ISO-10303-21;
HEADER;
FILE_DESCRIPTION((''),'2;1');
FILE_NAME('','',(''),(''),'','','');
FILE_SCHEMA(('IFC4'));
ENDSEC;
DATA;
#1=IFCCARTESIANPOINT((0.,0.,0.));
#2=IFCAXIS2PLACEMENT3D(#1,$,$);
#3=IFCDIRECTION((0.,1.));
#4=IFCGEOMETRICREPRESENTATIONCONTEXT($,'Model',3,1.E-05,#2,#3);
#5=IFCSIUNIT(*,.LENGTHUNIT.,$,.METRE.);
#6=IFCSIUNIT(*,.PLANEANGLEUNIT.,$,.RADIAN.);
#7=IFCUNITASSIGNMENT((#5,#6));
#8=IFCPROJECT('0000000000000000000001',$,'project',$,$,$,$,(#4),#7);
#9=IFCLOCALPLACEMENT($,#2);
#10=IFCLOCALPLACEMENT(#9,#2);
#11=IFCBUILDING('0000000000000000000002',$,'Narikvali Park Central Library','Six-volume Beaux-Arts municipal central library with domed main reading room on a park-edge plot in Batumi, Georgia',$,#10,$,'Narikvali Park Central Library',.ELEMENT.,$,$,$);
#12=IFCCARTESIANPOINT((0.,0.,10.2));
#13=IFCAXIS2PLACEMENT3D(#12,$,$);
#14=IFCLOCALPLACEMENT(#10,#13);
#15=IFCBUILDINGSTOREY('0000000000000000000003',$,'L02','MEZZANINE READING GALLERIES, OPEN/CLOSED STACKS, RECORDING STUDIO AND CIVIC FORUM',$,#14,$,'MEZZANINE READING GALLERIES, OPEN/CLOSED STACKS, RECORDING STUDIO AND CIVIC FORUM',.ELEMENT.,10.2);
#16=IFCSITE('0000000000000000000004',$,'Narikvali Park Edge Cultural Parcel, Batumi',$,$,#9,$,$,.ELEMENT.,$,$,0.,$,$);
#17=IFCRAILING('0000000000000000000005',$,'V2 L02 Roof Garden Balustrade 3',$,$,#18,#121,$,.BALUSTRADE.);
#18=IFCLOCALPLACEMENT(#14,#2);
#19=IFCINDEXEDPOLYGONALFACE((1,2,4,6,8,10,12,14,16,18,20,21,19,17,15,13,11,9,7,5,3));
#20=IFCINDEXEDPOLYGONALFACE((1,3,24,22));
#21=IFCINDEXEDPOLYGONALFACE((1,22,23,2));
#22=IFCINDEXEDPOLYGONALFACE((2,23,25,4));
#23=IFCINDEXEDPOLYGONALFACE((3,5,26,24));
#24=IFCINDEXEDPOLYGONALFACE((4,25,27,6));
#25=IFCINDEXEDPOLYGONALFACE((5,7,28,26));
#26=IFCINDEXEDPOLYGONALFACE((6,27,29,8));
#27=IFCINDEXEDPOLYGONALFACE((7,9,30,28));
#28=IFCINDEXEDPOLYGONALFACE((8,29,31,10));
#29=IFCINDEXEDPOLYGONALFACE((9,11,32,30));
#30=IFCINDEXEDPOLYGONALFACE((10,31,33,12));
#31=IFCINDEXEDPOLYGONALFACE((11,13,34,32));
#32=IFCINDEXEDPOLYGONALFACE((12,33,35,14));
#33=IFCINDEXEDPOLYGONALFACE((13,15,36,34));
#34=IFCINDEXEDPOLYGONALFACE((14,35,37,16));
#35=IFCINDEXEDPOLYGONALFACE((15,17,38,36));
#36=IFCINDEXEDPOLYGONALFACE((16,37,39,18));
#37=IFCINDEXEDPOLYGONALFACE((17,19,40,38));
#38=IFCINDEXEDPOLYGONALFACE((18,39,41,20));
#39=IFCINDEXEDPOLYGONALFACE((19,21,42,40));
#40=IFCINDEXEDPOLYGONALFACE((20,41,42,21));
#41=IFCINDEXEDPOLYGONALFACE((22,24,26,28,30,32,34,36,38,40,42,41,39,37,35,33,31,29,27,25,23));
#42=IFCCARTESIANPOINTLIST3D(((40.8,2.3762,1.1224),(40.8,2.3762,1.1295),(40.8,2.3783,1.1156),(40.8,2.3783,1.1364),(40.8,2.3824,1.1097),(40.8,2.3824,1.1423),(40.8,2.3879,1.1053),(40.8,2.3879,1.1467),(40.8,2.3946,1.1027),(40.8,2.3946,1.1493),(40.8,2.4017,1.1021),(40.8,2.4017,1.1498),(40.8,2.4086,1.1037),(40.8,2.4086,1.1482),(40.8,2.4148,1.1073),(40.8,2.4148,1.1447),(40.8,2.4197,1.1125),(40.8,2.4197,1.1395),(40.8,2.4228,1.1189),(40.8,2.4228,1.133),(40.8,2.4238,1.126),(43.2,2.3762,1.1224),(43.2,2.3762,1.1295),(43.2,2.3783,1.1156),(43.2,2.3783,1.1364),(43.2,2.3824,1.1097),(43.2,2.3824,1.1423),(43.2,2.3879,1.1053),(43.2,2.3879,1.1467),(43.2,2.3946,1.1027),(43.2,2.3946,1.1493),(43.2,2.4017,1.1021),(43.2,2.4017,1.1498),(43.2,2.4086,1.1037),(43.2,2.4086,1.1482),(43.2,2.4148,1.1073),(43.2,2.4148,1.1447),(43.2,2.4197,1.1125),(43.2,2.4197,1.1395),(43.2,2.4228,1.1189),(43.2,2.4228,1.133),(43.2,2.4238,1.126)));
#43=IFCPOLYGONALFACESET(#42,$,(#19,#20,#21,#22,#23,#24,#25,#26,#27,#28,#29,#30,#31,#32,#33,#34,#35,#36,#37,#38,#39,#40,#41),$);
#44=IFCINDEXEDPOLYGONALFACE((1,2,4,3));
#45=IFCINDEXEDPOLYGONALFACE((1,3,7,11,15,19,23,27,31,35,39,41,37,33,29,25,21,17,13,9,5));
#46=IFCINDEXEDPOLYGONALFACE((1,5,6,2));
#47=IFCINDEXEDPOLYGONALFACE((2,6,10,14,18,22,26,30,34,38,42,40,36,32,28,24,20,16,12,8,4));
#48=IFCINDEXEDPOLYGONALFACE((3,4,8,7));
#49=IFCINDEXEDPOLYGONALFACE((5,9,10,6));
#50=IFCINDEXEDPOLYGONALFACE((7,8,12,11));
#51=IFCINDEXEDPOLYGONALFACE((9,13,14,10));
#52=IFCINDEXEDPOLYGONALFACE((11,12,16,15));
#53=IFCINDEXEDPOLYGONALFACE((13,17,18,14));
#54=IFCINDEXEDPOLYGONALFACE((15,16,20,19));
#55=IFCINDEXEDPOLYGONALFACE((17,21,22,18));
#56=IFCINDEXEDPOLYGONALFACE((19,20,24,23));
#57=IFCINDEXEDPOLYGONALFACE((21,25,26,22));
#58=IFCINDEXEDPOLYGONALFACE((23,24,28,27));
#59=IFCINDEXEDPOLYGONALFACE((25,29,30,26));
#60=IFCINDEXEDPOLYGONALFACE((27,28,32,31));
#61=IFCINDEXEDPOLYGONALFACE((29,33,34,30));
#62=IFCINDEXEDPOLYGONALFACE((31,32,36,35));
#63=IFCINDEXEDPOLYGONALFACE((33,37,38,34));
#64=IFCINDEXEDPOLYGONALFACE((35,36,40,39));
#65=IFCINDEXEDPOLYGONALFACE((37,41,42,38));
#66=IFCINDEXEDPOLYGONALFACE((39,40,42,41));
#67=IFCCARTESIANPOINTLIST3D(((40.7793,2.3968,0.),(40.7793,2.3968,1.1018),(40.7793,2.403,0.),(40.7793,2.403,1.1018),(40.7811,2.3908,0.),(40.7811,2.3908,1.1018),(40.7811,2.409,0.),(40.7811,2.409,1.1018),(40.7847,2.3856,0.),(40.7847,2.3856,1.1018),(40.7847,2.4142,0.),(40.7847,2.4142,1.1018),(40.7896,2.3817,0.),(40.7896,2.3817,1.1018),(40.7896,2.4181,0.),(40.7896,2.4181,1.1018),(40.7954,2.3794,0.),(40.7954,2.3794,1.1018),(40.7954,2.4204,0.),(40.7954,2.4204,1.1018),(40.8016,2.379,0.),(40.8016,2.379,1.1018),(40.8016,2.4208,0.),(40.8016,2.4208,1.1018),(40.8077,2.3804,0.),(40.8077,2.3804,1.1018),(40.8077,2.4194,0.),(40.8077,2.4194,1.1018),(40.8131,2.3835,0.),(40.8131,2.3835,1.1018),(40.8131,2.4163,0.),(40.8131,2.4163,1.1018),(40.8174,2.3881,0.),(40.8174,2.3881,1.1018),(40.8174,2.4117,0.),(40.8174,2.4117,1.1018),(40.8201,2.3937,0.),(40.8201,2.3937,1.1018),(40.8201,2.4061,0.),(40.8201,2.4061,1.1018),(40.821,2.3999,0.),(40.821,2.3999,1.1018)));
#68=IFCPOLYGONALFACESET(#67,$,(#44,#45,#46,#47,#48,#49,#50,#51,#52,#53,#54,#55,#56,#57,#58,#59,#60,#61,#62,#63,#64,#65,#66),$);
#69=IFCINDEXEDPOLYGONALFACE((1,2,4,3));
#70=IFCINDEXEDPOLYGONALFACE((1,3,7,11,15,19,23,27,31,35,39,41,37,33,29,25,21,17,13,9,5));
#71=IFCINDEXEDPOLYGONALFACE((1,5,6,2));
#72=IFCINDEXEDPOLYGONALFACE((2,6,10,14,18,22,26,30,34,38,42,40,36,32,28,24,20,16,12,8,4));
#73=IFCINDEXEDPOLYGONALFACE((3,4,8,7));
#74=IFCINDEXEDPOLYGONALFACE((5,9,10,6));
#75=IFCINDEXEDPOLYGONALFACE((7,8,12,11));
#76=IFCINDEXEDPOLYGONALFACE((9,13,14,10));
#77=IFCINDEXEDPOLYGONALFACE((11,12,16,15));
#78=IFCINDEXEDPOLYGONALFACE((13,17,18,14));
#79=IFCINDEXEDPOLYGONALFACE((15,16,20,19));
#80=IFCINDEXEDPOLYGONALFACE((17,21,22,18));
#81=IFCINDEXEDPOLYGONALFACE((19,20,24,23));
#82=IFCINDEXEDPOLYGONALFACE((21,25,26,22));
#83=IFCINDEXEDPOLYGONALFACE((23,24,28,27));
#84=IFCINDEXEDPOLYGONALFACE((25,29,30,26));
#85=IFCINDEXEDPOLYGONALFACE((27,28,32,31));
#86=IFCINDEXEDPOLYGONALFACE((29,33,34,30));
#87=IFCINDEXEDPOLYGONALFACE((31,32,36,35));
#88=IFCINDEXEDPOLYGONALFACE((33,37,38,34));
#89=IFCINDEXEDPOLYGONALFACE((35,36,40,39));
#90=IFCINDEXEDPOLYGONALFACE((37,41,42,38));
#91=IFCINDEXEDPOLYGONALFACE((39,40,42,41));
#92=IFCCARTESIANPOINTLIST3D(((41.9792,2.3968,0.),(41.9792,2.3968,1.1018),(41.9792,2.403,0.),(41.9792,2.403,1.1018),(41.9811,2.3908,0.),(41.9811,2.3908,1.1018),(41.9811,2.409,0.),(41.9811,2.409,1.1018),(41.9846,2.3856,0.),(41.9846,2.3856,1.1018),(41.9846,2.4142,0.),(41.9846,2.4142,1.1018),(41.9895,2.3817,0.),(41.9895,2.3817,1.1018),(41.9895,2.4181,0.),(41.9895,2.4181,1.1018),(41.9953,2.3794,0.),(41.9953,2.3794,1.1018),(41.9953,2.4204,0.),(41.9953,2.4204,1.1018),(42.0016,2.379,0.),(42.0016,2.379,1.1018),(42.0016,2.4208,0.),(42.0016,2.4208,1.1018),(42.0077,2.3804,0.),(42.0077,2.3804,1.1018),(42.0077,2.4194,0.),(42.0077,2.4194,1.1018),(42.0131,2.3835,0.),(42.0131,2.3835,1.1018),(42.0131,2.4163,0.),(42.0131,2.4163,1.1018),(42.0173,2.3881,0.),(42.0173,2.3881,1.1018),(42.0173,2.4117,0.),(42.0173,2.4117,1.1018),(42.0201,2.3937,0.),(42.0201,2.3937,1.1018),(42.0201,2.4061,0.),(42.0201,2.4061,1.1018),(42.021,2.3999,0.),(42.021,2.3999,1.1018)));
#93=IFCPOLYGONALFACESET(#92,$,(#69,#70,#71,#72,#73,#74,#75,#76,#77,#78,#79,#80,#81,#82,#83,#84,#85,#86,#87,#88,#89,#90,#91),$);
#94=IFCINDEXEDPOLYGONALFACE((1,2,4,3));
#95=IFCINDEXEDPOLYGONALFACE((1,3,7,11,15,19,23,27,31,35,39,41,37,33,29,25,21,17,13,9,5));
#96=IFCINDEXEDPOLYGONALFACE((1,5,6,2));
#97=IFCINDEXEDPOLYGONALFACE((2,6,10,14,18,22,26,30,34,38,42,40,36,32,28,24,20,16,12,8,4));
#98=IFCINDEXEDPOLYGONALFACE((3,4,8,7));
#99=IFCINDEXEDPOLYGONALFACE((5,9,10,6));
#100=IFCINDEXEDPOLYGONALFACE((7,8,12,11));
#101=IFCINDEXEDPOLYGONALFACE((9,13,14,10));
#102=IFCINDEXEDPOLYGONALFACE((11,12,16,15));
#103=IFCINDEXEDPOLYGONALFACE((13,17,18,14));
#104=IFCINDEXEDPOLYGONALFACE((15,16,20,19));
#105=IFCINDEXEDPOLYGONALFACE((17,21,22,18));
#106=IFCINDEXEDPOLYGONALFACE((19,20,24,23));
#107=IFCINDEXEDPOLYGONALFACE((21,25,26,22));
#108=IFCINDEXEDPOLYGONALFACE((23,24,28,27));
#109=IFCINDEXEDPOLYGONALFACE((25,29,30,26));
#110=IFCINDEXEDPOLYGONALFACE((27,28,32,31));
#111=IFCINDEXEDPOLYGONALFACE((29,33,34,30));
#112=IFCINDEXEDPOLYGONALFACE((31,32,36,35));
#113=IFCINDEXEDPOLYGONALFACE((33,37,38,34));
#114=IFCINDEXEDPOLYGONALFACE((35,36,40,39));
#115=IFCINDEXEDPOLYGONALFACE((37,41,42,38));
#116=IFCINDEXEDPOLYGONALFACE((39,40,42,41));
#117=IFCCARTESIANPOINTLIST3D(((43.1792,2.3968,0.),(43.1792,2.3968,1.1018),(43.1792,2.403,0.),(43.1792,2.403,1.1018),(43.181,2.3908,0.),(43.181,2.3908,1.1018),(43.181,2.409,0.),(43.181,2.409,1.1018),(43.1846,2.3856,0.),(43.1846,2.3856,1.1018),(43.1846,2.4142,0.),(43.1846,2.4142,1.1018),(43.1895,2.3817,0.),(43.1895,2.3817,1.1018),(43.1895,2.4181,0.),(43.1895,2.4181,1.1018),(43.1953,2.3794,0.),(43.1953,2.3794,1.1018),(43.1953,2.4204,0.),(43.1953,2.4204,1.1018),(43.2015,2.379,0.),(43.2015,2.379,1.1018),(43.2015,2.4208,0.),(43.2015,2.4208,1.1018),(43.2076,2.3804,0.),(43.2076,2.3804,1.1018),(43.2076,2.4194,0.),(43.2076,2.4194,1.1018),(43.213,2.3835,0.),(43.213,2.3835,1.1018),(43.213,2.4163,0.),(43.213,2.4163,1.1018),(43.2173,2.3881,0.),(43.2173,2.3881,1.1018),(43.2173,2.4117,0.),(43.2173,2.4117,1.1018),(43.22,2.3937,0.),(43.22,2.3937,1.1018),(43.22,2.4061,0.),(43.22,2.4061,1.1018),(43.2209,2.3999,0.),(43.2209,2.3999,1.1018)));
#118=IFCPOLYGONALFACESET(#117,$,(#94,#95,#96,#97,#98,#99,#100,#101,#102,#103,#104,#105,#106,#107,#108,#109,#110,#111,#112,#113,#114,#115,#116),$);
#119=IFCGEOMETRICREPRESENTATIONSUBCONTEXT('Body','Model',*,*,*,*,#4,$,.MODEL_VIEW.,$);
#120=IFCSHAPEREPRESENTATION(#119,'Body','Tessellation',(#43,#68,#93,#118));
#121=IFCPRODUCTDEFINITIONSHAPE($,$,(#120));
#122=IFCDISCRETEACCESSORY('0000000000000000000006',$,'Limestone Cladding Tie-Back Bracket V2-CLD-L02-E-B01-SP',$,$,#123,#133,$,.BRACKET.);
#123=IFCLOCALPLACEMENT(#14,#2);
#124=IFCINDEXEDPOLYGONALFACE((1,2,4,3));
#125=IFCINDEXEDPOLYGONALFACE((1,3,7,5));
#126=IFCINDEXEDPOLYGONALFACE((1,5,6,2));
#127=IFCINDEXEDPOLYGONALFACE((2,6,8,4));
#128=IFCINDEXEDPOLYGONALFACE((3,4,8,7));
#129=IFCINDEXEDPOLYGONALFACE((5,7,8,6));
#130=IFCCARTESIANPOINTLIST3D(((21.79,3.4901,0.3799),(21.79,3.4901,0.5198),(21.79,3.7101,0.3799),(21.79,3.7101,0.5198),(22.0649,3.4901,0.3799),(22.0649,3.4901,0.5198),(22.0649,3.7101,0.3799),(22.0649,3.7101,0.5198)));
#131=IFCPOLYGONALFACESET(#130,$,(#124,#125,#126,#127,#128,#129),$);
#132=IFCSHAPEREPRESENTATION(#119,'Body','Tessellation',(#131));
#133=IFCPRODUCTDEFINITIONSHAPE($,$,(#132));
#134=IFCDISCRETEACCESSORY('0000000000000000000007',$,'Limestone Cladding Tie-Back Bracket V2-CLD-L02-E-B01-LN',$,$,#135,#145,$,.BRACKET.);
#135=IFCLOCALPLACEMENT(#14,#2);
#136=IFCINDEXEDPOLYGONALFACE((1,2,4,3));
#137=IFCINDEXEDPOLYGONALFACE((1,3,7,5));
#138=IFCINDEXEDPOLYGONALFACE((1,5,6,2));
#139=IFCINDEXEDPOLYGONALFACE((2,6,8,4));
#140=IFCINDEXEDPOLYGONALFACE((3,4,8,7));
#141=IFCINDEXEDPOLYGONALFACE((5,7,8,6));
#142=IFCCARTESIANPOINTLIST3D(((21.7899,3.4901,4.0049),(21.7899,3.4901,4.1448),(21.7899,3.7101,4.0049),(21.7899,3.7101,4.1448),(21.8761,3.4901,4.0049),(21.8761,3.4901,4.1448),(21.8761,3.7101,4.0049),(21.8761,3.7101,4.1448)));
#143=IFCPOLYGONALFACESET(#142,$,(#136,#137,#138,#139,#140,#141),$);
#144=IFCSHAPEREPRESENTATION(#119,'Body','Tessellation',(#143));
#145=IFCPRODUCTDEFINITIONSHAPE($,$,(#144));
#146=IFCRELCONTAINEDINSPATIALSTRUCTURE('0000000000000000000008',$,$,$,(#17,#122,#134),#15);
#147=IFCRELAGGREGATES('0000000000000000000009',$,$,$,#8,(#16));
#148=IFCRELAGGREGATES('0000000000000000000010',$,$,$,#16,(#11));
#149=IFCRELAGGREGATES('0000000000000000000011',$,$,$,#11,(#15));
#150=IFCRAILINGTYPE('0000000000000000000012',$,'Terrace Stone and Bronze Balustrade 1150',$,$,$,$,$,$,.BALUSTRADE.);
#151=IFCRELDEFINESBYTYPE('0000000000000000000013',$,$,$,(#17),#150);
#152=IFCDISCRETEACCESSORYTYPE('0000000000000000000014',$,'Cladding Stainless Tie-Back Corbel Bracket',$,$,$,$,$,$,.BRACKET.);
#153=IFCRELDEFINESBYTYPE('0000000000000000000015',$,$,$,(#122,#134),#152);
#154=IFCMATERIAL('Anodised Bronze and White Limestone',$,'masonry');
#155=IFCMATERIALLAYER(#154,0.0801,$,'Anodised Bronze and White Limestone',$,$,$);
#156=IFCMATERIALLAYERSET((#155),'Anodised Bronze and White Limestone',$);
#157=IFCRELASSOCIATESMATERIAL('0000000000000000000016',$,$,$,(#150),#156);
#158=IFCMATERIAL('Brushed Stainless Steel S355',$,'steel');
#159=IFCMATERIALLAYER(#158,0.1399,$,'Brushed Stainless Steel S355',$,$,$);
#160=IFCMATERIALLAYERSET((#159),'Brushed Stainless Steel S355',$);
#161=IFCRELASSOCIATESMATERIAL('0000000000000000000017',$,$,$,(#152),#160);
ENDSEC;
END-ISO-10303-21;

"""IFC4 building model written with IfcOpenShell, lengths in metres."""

from ifc_helpers import new_model, si_unit, direction, frame, origin, origin_2d, place, context, subcontext, project, spatial, rectangle, circle, extrude, material, layer, layer_set, type_object, element, save


model = new_model("IFC4")

# Units and contexts
model_context = context("Model", 3, precision=1e-05, world=origin(), true_north=direction((0.0, 1.0)))
body_context = subcontext(model_context, "Body", "Model", "MODEL_VIEW")
ifc_project = project(units=[si_unit("LENGTHUNIT", "METRE"), si_unit("PLANEANGLEUNIT", "RADIAN")], contexts=[model_context])

# Site, building, storey
site_placement = place(None, origin())
site = spatial("IfcSite", under=ifc_project, at=site_placement, Name="Narikvali Park Edge Cultural Parcel, Batumi", CompositionType="ELEMENT", RefElevation=0.0)
building_placement = place(site_placement, origin())
building = spatial("IfcBuilding", under=site, at=building_placement, Name="Narikvali Park Central Library", Description="Six-volume Beaux-Arts municipal central library with domed main reading room on a park-edge plot in Batumi, Georgia", LongName="Narikvali Park Central Library", CompositionType="ELEMENT")
storey_placement = place(building_placement, frame((0.0, 0.0, 10.2)))
storey = spatial("IfcBuildingStorey", under=building, at=storey_placement, Name="L02", Description="MEZZANINE READING GALLERIES, OPEN/CLOSED STACKS, RECORDING STUDIO AND CIVIC FORUM", LongName="MEZZANINE READING GALLERIES, OPEN/CLOSED STACKS, RECORDING STUDIO AND CIVIC FORUM", CompositionType="ELEMENT", Elevation=10.2)

# Railing
ifc_material_1 = material(Name="Anodised Bronze and White Limestone", Category="masonry")
ifc_layer_1 = layer(ifc_material_1, 0.0801, Name="Anodised Bronze and White Limestone")
ifc_layer_set_1 = layer_set([ifc_layer_1], Name="Anodised Bronze and White Limestone")
railing_type = type_object("IfcRailingType", Name="Terrace Stone and Bronze Balustrade 1150", PredefinedType="BALUSTRADE", material=ifc_layer_set_1)
railing_1_placement = place(storey_placement, frame((40.8, 2.3999, 0.0)))
element("IfcRailing", 1, at=railing_1_placement, inside=storey, type_object=railing_type, Name="V2 L02 Roof Garden Balustrade 3", PredefinedType="BALUSTRADE", context=body_context, shape_type="SweptSolid", body=[
    extrude(circle(Radius=0.0239, at=origin_2d()), frame((0.0, 0.0, 1.126), z_axis=(1.0, 0.0, 0.0), x_axis=(0.0, 1.0, 0.0)), (0.0, 0.0, 1.0), 2.3999),
    extrude(circle(Radius=0.021, at=origin_2d()), origin(), (0.0, 0.0, 1.0), 1.1018),
    extrude(circle(Radius=0.021, at=origin_2d()), frame((1.2, 0.0, 0.0)), (0.0, 0.0, 1.0), 1.1018),
    extrude(circle(Radius=0.021, at=origin_2d()), frame((2.3999, 0.0, 0.0)), (0.0, 0.0, 1.0), 1.1018),
])

# Discrete accessories
ifc_material_2 = material(Name="Brushed Stainless Steel S355", Category="steel")
ifc_layer_2 = layer(ifc_material_2, 0.1399, Name="Brushed Stainless Steel S355")
ifc_layer_set_2 = layer_set([ifc_layer_2], Name="Brushed Stainless Steel S355")
discrete_accessory_type = type_object("IfcDiscreteAccessoryType", Name="Cladding Stainless Tie-Back Corbel Bracket", PredefinedType="BRACKET", material=ifc_layer_set_2)
discrete_accessory_1_placement = place(storey_placement, frame((21.9275, 3.6001, 0.3799), z_axis=(0.0, 0.0, 1.0), x_axis=(1.0, 0.0, 0.0)))
element("IfcDiscreteAccessory", 2, at=discrete_accessory_1_placement, inside=storey, type_object=discrete_accessory_type, Name="Limestone Cladding Tie-Back Bracket V2-CLD-L02-E-B01-SP", PredefinedType="BRACKET", context=body_context, shape_type="SweptSolid", body=[
    extrude(rectangle(XDim=0.2749, YDim=0.22, at=origin_2d()), origin(), (0.0, 0.0, 1.0), 0.1399),
])
discrete_accessory_2_placement = place(storey_placement, frame((21.833, 3.6001, 4.0049), z_axis=(0.0, 0.0, 1.0), x_axis=(1.0, 0.0, 0.0)))
element("IfcDiscreteAccessory", 3, at=discrete_accessory_2_placement, inside=storey, type_object=discrete_accessory_type, Name="Limestone Cladding Tie-Back Bracket V2-CLD-L02-E-B01-LN", PredefinedType="BRACKET", context=body_context, shape_type="SweptSolid", body=[
    extrude(rectangle(XDim=0.0862, YDim=0.22, at=origin_2d()), origin(), (0.0, 0.0, 1.0), 0.1399),
])

save(model, "model.ifc")
